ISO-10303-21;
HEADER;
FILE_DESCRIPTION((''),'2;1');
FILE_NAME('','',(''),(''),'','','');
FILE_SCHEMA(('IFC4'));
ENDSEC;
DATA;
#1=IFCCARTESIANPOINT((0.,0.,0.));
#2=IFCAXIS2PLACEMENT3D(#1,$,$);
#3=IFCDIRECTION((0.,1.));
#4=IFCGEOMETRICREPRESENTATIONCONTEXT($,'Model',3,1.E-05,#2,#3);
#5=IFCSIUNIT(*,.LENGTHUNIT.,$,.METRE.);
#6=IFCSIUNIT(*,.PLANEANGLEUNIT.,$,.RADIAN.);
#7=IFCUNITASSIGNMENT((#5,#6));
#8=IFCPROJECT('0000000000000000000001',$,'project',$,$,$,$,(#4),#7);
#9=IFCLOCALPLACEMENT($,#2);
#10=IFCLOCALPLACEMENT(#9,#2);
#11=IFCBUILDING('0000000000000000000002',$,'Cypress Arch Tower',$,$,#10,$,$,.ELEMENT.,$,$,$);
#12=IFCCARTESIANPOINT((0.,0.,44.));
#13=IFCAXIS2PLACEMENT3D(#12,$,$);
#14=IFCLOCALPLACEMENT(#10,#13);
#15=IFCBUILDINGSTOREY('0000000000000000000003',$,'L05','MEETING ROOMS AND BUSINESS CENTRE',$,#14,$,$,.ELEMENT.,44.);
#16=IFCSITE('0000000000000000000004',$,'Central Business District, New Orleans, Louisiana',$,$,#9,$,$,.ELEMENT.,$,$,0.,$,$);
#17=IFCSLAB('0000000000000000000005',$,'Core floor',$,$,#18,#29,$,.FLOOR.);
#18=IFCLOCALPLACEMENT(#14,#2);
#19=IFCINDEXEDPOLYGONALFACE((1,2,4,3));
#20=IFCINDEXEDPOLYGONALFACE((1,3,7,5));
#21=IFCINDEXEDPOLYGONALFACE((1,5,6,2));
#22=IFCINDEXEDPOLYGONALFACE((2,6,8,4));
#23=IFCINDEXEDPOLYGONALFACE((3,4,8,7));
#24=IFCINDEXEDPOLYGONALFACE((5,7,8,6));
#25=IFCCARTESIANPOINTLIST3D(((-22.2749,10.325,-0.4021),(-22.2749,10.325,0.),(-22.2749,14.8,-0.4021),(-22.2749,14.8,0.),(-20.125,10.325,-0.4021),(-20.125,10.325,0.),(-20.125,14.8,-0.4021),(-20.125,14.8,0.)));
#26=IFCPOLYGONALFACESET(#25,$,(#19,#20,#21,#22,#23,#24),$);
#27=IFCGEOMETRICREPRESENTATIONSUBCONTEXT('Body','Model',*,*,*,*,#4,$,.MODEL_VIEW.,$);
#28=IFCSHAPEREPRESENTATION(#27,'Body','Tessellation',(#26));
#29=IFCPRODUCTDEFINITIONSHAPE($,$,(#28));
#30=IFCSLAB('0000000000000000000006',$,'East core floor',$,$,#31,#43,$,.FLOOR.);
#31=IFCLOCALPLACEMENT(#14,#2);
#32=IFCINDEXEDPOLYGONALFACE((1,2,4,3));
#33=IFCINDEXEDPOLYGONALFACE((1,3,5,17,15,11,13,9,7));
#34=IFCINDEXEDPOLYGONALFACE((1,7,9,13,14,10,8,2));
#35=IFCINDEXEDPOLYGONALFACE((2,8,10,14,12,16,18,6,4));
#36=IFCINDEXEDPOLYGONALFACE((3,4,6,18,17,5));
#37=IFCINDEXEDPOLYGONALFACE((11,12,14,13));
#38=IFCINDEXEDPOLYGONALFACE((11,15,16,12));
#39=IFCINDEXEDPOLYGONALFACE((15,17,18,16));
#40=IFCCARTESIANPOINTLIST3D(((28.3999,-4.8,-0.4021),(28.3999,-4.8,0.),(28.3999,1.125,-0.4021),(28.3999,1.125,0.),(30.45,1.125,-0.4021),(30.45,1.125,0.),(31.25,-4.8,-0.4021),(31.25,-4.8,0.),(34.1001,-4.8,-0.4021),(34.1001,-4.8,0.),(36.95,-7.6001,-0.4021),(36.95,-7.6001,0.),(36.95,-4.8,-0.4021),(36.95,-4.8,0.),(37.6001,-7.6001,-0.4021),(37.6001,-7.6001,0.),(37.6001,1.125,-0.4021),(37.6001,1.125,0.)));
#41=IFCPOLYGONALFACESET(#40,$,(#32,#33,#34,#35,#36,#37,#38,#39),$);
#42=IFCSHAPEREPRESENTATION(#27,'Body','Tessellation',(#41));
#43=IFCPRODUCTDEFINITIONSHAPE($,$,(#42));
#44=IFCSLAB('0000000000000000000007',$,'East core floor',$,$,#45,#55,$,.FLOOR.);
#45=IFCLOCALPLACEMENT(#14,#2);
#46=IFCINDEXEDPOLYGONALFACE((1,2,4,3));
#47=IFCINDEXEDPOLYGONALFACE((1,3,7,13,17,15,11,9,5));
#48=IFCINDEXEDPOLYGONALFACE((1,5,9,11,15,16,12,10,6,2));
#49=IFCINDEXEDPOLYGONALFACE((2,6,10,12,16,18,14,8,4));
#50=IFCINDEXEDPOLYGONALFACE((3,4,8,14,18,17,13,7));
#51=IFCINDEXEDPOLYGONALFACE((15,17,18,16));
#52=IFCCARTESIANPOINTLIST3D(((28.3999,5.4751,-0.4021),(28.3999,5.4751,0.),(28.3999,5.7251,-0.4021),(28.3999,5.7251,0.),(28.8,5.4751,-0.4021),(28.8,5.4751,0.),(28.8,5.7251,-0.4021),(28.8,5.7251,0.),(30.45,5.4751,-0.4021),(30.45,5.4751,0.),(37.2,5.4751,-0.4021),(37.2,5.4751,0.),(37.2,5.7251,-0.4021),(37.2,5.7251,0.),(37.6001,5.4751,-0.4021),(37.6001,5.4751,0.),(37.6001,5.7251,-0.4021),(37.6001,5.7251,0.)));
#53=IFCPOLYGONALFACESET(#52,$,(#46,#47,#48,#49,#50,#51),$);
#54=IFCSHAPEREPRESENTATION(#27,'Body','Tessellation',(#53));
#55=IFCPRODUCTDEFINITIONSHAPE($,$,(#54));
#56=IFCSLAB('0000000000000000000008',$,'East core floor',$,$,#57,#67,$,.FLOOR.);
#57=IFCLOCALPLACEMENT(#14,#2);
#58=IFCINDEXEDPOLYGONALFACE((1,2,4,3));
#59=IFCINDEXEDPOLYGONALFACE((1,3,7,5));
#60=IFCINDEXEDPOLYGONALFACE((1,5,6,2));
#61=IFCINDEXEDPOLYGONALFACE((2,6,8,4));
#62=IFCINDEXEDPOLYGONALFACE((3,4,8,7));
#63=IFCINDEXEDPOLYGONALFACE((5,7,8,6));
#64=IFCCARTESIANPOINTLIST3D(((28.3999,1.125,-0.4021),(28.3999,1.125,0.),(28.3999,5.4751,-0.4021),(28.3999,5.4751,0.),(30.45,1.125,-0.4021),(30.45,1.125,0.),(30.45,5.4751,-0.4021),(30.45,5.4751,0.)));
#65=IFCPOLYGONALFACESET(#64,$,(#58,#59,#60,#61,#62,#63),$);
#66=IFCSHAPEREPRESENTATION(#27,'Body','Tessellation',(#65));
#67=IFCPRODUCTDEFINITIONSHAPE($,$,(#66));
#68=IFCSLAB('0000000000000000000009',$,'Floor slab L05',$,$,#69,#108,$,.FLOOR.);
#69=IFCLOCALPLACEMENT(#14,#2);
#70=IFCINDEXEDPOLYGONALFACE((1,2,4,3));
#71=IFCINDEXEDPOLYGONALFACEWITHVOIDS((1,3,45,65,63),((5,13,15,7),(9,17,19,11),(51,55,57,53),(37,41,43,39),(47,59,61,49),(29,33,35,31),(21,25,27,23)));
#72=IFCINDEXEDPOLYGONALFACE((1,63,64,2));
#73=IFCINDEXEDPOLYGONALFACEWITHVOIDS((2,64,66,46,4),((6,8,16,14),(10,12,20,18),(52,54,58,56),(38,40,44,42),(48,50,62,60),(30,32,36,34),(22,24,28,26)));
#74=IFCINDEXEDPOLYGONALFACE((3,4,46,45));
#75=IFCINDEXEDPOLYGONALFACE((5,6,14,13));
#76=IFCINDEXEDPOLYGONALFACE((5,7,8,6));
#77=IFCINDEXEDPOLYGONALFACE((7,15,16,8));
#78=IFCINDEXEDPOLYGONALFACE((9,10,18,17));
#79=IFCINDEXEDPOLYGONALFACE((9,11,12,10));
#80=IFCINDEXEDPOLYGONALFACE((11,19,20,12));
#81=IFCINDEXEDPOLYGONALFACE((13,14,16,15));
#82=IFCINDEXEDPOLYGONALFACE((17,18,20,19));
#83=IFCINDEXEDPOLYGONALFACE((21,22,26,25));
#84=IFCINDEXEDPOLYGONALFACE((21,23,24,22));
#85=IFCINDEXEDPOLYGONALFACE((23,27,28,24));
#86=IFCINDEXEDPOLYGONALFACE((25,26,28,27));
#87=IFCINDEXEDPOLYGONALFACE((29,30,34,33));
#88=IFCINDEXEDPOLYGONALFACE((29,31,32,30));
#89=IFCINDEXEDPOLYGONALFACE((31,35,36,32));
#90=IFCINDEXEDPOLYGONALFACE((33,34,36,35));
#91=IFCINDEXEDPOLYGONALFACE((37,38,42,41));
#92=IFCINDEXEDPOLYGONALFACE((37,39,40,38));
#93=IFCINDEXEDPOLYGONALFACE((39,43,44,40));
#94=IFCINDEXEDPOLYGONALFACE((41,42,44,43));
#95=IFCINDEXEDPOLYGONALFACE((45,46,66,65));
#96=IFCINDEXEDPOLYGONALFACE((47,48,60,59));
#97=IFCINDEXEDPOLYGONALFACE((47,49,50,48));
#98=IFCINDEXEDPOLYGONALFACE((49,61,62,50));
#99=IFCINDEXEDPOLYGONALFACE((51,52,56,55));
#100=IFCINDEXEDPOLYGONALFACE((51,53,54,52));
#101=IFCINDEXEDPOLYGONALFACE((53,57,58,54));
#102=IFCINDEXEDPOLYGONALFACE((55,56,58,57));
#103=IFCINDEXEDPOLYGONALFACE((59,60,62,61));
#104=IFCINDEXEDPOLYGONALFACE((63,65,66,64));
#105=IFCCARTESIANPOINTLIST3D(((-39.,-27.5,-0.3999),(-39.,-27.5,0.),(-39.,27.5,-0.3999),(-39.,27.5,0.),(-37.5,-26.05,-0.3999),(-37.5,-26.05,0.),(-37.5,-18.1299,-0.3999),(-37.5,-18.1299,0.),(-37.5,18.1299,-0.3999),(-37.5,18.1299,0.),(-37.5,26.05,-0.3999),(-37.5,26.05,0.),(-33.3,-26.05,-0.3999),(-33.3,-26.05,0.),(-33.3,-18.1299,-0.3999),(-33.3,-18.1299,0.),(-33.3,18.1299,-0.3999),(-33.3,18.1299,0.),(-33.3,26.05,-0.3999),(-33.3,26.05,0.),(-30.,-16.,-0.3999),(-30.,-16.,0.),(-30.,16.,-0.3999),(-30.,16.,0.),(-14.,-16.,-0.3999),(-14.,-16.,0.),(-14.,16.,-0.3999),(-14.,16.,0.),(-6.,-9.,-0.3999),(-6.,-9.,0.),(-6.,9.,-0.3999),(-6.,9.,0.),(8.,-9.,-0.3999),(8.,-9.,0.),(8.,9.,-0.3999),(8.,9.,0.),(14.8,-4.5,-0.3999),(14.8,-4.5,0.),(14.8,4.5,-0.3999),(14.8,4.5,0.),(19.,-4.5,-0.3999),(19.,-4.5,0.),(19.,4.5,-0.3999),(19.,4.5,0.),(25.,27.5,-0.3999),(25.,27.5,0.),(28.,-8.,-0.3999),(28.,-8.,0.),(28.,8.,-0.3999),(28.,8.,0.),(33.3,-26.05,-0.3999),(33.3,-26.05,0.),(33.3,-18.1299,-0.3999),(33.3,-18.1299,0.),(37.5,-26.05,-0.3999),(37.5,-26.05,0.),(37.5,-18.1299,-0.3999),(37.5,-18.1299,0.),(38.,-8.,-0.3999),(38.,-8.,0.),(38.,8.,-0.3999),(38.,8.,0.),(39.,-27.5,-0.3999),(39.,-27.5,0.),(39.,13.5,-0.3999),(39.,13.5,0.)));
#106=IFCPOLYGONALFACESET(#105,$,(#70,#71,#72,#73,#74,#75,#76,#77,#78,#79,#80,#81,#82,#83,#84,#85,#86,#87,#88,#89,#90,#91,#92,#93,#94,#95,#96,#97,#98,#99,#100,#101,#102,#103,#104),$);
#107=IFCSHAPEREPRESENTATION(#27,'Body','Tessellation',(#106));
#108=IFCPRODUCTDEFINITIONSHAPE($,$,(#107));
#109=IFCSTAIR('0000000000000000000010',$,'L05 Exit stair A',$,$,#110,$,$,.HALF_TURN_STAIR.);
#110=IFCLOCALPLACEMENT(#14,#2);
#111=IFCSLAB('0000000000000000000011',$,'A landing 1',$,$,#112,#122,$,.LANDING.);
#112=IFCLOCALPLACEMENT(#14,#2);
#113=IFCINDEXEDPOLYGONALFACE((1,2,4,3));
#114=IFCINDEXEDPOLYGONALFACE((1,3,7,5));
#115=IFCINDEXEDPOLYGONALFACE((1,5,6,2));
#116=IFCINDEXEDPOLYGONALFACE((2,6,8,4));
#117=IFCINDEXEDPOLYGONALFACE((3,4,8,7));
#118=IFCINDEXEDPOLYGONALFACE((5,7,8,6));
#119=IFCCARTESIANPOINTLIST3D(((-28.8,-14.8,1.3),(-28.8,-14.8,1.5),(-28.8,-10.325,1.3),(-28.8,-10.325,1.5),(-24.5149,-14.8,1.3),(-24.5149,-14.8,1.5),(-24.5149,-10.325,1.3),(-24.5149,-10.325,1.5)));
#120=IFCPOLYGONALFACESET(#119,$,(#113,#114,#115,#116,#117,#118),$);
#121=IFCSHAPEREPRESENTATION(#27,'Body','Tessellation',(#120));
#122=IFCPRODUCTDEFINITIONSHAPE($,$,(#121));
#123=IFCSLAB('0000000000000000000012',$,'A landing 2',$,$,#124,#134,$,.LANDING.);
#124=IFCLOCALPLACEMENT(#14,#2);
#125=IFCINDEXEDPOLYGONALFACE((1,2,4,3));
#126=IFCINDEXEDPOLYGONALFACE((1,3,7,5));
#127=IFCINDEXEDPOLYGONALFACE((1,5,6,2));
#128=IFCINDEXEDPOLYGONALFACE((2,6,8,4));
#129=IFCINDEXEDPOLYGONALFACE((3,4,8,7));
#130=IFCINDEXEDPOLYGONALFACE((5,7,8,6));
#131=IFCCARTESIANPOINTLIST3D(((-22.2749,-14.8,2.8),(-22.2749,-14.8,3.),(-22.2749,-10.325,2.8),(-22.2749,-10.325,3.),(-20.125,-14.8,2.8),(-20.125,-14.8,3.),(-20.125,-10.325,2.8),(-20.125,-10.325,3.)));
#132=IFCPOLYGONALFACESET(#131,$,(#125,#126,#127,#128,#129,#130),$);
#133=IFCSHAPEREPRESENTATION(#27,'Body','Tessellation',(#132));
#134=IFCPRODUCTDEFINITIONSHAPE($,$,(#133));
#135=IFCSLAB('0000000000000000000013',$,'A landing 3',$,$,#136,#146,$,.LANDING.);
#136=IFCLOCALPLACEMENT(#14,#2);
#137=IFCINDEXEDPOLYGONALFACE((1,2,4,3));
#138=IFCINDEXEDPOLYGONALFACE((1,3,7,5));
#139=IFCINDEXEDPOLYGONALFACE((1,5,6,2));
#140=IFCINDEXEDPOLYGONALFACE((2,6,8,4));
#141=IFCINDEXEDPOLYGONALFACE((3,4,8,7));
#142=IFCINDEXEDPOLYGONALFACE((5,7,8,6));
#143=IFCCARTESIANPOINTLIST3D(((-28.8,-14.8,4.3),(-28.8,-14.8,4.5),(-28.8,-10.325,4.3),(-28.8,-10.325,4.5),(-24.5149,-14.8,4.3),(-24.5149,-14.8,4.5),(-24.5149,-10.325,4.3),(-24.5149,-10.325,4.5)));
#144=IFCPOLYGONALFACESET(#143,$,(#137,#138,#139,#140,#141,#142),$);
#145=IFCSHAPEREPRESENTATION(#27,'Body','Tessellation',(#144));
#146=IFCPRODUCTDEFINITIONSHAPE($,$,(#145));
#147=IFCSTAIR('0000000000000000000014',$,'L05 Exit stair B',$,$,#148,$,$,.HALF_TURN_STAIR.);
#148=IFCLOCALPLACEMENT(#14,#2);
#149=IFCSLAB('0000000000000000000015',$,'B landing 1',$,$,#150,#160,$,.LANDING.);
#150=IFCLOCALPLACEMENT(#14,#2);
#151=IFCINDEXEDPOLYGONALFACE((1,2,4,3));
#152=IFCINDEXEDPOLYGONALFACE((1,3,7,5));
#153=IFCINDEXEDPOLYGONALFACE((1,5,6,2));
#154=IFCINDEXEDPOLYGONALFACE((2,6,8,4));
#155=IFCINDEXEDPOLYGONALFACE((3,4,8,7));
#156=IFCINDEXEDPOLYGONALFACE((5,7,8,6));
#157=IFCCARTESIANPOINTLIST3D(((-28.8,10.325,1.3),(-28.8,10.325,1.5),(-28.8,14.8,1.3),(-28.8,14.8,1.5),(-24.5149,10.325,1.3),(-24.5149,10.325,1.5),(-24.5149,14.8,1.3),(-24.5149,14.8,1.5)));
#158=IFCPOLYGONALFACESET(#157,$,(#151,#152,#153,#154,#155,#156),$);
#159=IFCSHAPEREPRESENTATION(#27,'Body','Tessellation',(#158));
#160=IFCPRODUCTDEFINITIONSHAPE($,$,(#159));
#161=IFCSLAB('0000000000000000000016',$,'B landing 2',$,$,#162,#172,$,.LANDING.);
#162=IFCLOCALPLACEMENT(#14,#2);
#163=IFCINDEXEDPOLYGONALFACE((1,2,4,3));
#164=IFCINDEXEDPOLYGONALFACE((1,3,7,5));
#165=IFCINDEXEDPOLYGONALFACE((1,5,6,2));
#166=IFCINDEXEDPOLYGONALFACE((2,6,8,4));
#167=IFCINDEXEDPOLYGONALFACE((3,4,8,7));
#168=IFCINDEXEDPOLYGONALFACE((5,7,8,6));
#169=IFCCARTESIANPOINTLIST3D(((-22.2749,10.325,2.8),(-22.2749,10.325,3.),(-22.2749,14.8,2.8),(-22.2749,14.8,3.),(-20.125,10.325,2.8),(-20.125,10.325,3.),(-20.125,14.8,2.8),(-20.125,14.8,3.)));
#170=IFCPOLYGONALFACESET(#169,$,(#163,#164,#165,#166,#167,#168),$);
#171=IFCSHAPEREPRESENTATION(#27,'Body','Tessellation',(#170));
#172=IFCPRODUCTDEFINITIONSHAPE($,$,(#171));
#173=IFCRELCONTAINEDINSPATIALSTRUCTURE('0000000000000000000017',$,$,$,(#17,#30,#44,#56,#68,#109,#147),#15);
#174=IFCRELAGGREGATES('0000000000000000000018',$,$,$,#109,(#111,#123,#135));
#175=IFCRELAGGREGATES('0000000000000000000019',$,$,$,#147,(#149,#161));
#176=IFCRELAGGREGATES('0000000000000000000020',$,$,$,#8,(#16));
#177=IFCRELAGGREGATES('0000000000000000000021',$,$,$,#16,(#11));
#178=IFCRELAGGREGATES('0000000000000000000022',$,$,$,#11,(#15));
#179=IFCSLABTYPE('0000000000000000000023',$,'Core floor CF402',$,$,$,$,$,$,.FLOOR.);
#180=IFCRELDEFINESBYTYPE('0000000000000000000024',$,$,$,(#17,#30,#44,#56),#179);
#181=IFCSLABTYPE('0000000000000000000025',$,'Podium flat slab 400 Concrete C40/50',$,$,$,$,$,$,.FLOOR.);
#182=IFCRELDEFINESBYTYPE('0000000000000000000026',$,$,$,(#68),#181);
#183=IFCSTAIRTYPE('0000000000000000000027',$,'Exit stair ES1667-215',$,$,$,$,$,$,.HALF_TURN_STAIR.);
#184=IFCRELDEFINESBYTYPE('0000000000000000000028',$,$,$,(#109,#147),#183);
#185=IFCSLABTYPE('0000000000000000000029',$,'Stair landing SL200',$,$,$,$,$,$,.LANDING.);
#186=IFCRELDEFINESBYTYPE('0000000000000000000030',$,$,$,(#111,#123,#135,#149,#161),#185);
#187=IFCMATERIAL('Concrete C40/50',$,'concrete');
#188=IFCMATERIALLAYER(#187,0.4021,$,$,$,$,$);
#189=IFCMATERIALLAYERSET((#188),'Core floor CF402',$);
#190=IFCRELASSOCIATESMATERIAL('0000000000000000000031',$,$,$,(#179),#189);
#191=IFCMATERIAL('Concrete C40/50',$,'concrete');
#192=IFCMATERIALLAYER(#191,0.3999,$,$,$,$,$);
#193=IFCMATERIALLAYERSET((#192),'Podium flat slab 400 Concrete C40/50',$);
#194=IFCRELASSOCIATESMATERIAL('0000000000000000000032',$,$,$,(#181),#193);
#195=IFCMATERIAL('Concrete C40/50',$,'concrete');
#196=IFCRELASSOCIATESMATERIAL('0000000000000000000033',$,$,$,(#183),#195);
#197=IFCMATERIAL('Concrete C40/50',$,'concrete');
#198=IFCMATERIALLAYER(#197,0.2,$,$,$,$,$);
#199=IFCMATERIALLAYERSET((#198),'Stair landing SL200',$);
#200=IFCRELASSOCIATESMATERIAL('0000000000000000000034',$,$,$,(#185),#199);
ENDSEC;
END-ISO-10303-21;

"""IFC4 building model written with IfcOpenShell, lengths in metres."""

from ifc_helpers import new_model, si_unit, direction, frame, origin, place, context, subcontext, project, spatial, polyline, outline, extrude, material, layer, layer_set, type_object, element, aggregate, save


model = new_model("IFC4")

# Units and contexts
model_context = context("Model", 3, precision=1e-05, world=origin(), true_north=direction((0.0, 1.0)))
body_context = subcontext(model_context, "Body", "Model", "MODEL_VIEW")
ifc_project = project(units=[si_unit("LENGTHUNIT", "METRE"), si_unit("PLANEANGLEUNIT", "RADIAN")], contexts=[model_context])

# Site, building, storey
site_placement = place(None, origin())
site = spatial("IfcSite", under=ifc_project, at=site_placement, Name="Central Business District, New Orleans, Louisiana", CompositionType="ELEMENT", RefElevation=0.0)
building_placement = place(site_placement, origin())
building = spatial("IfcBuilding", under=site, at=building_placement, Name="Cypress Arch Tower", CompositionType="ELEMENT")
storey_placement = place(building_placement, frame((0.0, 0.0, 44.0)))
storey = spatial("IfcBuildingStorey", under=building, at=storey_placement, Name="L05", Description="MEETING ROOMS AND BUSINESS CENTRE", CompositionType="ELEMENT", Elevation=44.0)

# Slabs
ifc_material_1 = material(Name="Concrete C40/50", Category="concrete")
ifc_layer_1 = layer(ifc_material_1, 0.4021)
ifc_layer_set_1 = layer_set([ifc_layer_1], Name="Core floor CF402")
slab_type_1 = type_object("IfcSlabType", Name="Core floor CF402", PredefinedType="FLOOR", material=ifc_layer_set_1)
slab_1_placement = place(storey_placement, frame((0.0, 0.0, -0.4021)))
element("IfcSlab", 1, at=slab_1_placement, inside=storey, type_object=slab_type_1, Name="Core floor", PredefinedType="FLOOR", context=body_context, shape_type="SweptSolid", body=[
    extrude(outline(polyline([(-20.125, 14.8), (-22.2749, 14.8), (-22.2749, 10.325), (-20.125, 10.325), (-20.125, 14.8)])), origin(), (0.0, 0.0, 1.0), 0.4021),
])
slab_2_placement = place(storey_placement, frame((0.0, 0.0, -0.4021)))
element("IfcSlab", 2, at=slab_2_placement, inside=storey, type_object=slab_type_1, Name="East core floor", PredefinedType="FLOOR", context=body_context, shape_type="SweptSolid", body=[
    extrude(outline(polyline([(37.6001, -7.6001), (37.6001, 1.125), (30.45, 1.125), (28.3999, 1.125), (28.3999, -4.8), (31.25, -4.8), (34.1001, -4.8), (36.95, -4.8), (36.95, -7.6001), (37.6001, -7.6001)])), origin(), (0.0, 0.0, 1.0), 0.4021),
])
slab_3_placement = place(storey_placement, frame((0.0, 0.0, -0.4021)))
element("IfcSlab", 3, at=slab_3_placement, inside=storey, type_object=slab_type_1, Name="East core floor", PredefinedType="FLOOR", context=body_context, shape_type="SweptSolid", body=[
    extrude(outline(polyline([(30.45, 5.4751), (28.8, 5.4751), (28.3999, 5.4751), (28.3999, 5.7251), (28.8, 5.7251), (37.2, 5.7251), (37.6001, 5.7251), (37.6001, 5.4751), (37.2, 5.4751), (30.45, 5.4751)])), origin(), (0.0, 0.0, 1.0), 0.4021),
])
slab_4_placement = place(storey_placement, frame((0.0, 0.0, -0.4021)))
element("IfcSlab", 4, at=slab_4_placement, inside=storey, type_object=slab_type_1, Name="East core floor", PredefinedType="FLOOR", context=body_context, shape_type="SweptSolid", body=[
    extrude(outline(polyline([(30.45, 5.4751), (28.3999, 5.4751), (28.3999, 1.125), (30.45, 1.125), (30.45, 5.4751)])), origin(), (0.0, 0.0, 1.0), 0.4021),
])
ifc_material_2 = material(Name="Concrete C40/50", Category="concrete")
ifc_layer_2 = layer(ifc_material_2, 0.3999)
ifc_layer_set_2 = layer_set([ifc_layer_2], Name="Podium flat slab 400 Concrete C40/50")
slab_type_2 = type_object("IfcSlabType", Name="Podium flat slab 400 Concrete C40/50", PredefinedType="FLOOR", material=ifc_layer_set_2)
slab_5_placement = place(storey_placement, frame((0.0, 0.0, -0.3999)))
element("IfcSlab", 5, at=slab_5_placement, inside=storey, type_object=slab_type_2, Name="Floor slab L05", PredefinedType="FLOOR", context=body_context, shape_type="SweptSolid", body=[
    extrude(outline(polyline([(-39.0, 27.5), (25.0, 27.5), (39.0, 13.5), (39.0, -27.5), (-39.0, -27.5), (-39.0, 27.5)]), holes=[polyline([(-37.5, -18.1299), (-37.5, -26.05), (-33.3, -26.05), (-33.3, -18.1299), (-37.5, -18.1299)]), polyline([(33.3, -18.1299), (33.3, -26.05), (37.5, -26.05), (37.5, -18.1299), (33.3, -18.1299)]), polyline([(-14.0, 16.0), (-30.0, 16.0), (-30.0, -16.0), (-14.0, -16.0), (-14.0, 16.0)]), polyline([(8.0, 9.0), (-6.0, 9.0), (-6.0, -9.0), (8.0, -9.0), (8.0, 9.0)]), polyline([(14.8, 4.5), (14.8, -4.5), (19.0, -4.5), (19.0, 4.5), (14.8, 4.5)]), polyline([(28.0, 8.0), (28.0, -8.0), (38.0, -8.0), (38.0, 8.0), (28.0, 8.0)]), polyline([(-37.5, 18.1299), (-33.3, 18.1299), (-33.3, 26.05), (-37.5, 26.05), (-37.5, 18.1299)])]), origin(), (0.0, 0.0, 1.0), 0.3999),
])

# Stairs, slabs
ifc_material_3 = material(Name="Concrete C40/50", Category="concrete")
stair_type = type_object("IfcStairType", Name="Exit stair ES1667-215", PredefinedType="HALF_TURN_STAIR", material=ifc_material_3)
stair_1_placement = place(storey_placement, origin())
stair_1 = element("IfcStair", 6, at=stair_1_placement, inside=storey, type_object=stair_type, Name="L05 Exit stair A", PredefinedType="HALF_TURN_STAIR")
ifc_material_4 = material(Name="Concrete C40/50", Category="concrete")
ifc_layer_3 = layer(ifc_material_4, 0.2)
ifc_layer_set_3 = layer_set([ifc_layer_3], Name="Stair landing SL200")
slab_type_3 = type_object("IfcSlabType", Name="Stair landing SL200", PredefinedType="LANDING", material=ifc_layer_set_3)
slab_6_placement = place(storey_placement, frame((0.0, 0.0, 1.3)))
slab_6 = element("IfcSlab", 7, at=slab_6_placement, type_object=slab_type_3, Name="A landing 1", PredefinedType="LANDING", context=body_context, shape_type="SweptSolid", body=[
    extrude(outline(polyline([(-24.5149, -10.325), (-28.8, -10.325), (-28.8, -14.8), (-24.5149, -14.8), (-24.5149, -10.325)])), origin(), (0.0, 0.0, 1.0), 0.2),
])
slab_7_placement = place(storey_placement, frame((0.0, 0.0, 2.8)))
slab_7 = element("IfcSlab", 8, at=slab_7_placement, type_object=slab_type_3, Name="A landing 2", PredefinedType="LANDING", context=body_context, shape_type="SweptSolid", body=[
    extrude(outline(polyline([(-20.125, -10.325), (-22.2749, -10.325), (-22.2749, -14.8), (-20.125, -14.8), (-20.125, -10.325)])), origin(), (0.0, 0.0, 1.0), 0.2),
])
slab_8_placement = place(storey_placement, frame((0.0, 0.0, 4.3)))
slab_8 = element("IfcSlab", 9, at=slab_8_placement, type_object=slab_type_3, Name="A landing 3", PredefinedType="LANDING", context=body_context, shape_type="SweptSolid", body=[
    extrude(outline(polyline([(-24.5149, -10.325), (-28.8, -10.325), (-28.8, -14.8), (-24.5149, -14.8), (-24.5149, -10.325)])), origin(), (0.0, 0.0, 1.0), 0.2),
])
aggregate(stair_1, [slab_6, slab_7, slab_8])
stair_2_placement = place(storey_placement, origin())
stair_2 = element("IfcStair", 10, at=stair_2_placement, inside=storey, type_object=stair_type, Name="L05 Exit stair B", PredefinedType="HALF_TURN_STAIR")
slab_9_placement = place(storey_placement, frame((0.0, 0.0, 1.3)))
slab_9 = element("IfcSlab", 11, at=slab_9_placement, type_object=slab_type_3, Name="B landing 1", PredefinedType="LANDING", context=body_context, shape_type="SweptSolid", body=[
    extrude(outline(polyline([(-24.5149, 14.8), (-28.8, 14.8), (-28.8, 10.325), (-24.5149, 10.325), (-24.5149, 14.8)])), origin(), (0.0, 0.0, 1.0), 0.2),
])
slab_10_placement = place(storey_placement, frame((0.0, 0.0, 2.8)))
slab_10 = element("IfcSlab", 12, at=slab_10_placement, type_object=slab_type_3, Name="B landing 2", PredefinedType="LANDING", context=body_context, shape_type="SweptSolid", body=[
    extrude(outline(polyline([(-20.125, 14.8), (-22.2749, 14.8), (-22.2749, 10.325), (-20.125, 10.325), (-20.125, 14.8)])), origin(), (0.0, 0.0, 1.0), 0.2),
])
aggregate(stair_2, [slab_9, slab_10])

save(model, "model.ifc")
